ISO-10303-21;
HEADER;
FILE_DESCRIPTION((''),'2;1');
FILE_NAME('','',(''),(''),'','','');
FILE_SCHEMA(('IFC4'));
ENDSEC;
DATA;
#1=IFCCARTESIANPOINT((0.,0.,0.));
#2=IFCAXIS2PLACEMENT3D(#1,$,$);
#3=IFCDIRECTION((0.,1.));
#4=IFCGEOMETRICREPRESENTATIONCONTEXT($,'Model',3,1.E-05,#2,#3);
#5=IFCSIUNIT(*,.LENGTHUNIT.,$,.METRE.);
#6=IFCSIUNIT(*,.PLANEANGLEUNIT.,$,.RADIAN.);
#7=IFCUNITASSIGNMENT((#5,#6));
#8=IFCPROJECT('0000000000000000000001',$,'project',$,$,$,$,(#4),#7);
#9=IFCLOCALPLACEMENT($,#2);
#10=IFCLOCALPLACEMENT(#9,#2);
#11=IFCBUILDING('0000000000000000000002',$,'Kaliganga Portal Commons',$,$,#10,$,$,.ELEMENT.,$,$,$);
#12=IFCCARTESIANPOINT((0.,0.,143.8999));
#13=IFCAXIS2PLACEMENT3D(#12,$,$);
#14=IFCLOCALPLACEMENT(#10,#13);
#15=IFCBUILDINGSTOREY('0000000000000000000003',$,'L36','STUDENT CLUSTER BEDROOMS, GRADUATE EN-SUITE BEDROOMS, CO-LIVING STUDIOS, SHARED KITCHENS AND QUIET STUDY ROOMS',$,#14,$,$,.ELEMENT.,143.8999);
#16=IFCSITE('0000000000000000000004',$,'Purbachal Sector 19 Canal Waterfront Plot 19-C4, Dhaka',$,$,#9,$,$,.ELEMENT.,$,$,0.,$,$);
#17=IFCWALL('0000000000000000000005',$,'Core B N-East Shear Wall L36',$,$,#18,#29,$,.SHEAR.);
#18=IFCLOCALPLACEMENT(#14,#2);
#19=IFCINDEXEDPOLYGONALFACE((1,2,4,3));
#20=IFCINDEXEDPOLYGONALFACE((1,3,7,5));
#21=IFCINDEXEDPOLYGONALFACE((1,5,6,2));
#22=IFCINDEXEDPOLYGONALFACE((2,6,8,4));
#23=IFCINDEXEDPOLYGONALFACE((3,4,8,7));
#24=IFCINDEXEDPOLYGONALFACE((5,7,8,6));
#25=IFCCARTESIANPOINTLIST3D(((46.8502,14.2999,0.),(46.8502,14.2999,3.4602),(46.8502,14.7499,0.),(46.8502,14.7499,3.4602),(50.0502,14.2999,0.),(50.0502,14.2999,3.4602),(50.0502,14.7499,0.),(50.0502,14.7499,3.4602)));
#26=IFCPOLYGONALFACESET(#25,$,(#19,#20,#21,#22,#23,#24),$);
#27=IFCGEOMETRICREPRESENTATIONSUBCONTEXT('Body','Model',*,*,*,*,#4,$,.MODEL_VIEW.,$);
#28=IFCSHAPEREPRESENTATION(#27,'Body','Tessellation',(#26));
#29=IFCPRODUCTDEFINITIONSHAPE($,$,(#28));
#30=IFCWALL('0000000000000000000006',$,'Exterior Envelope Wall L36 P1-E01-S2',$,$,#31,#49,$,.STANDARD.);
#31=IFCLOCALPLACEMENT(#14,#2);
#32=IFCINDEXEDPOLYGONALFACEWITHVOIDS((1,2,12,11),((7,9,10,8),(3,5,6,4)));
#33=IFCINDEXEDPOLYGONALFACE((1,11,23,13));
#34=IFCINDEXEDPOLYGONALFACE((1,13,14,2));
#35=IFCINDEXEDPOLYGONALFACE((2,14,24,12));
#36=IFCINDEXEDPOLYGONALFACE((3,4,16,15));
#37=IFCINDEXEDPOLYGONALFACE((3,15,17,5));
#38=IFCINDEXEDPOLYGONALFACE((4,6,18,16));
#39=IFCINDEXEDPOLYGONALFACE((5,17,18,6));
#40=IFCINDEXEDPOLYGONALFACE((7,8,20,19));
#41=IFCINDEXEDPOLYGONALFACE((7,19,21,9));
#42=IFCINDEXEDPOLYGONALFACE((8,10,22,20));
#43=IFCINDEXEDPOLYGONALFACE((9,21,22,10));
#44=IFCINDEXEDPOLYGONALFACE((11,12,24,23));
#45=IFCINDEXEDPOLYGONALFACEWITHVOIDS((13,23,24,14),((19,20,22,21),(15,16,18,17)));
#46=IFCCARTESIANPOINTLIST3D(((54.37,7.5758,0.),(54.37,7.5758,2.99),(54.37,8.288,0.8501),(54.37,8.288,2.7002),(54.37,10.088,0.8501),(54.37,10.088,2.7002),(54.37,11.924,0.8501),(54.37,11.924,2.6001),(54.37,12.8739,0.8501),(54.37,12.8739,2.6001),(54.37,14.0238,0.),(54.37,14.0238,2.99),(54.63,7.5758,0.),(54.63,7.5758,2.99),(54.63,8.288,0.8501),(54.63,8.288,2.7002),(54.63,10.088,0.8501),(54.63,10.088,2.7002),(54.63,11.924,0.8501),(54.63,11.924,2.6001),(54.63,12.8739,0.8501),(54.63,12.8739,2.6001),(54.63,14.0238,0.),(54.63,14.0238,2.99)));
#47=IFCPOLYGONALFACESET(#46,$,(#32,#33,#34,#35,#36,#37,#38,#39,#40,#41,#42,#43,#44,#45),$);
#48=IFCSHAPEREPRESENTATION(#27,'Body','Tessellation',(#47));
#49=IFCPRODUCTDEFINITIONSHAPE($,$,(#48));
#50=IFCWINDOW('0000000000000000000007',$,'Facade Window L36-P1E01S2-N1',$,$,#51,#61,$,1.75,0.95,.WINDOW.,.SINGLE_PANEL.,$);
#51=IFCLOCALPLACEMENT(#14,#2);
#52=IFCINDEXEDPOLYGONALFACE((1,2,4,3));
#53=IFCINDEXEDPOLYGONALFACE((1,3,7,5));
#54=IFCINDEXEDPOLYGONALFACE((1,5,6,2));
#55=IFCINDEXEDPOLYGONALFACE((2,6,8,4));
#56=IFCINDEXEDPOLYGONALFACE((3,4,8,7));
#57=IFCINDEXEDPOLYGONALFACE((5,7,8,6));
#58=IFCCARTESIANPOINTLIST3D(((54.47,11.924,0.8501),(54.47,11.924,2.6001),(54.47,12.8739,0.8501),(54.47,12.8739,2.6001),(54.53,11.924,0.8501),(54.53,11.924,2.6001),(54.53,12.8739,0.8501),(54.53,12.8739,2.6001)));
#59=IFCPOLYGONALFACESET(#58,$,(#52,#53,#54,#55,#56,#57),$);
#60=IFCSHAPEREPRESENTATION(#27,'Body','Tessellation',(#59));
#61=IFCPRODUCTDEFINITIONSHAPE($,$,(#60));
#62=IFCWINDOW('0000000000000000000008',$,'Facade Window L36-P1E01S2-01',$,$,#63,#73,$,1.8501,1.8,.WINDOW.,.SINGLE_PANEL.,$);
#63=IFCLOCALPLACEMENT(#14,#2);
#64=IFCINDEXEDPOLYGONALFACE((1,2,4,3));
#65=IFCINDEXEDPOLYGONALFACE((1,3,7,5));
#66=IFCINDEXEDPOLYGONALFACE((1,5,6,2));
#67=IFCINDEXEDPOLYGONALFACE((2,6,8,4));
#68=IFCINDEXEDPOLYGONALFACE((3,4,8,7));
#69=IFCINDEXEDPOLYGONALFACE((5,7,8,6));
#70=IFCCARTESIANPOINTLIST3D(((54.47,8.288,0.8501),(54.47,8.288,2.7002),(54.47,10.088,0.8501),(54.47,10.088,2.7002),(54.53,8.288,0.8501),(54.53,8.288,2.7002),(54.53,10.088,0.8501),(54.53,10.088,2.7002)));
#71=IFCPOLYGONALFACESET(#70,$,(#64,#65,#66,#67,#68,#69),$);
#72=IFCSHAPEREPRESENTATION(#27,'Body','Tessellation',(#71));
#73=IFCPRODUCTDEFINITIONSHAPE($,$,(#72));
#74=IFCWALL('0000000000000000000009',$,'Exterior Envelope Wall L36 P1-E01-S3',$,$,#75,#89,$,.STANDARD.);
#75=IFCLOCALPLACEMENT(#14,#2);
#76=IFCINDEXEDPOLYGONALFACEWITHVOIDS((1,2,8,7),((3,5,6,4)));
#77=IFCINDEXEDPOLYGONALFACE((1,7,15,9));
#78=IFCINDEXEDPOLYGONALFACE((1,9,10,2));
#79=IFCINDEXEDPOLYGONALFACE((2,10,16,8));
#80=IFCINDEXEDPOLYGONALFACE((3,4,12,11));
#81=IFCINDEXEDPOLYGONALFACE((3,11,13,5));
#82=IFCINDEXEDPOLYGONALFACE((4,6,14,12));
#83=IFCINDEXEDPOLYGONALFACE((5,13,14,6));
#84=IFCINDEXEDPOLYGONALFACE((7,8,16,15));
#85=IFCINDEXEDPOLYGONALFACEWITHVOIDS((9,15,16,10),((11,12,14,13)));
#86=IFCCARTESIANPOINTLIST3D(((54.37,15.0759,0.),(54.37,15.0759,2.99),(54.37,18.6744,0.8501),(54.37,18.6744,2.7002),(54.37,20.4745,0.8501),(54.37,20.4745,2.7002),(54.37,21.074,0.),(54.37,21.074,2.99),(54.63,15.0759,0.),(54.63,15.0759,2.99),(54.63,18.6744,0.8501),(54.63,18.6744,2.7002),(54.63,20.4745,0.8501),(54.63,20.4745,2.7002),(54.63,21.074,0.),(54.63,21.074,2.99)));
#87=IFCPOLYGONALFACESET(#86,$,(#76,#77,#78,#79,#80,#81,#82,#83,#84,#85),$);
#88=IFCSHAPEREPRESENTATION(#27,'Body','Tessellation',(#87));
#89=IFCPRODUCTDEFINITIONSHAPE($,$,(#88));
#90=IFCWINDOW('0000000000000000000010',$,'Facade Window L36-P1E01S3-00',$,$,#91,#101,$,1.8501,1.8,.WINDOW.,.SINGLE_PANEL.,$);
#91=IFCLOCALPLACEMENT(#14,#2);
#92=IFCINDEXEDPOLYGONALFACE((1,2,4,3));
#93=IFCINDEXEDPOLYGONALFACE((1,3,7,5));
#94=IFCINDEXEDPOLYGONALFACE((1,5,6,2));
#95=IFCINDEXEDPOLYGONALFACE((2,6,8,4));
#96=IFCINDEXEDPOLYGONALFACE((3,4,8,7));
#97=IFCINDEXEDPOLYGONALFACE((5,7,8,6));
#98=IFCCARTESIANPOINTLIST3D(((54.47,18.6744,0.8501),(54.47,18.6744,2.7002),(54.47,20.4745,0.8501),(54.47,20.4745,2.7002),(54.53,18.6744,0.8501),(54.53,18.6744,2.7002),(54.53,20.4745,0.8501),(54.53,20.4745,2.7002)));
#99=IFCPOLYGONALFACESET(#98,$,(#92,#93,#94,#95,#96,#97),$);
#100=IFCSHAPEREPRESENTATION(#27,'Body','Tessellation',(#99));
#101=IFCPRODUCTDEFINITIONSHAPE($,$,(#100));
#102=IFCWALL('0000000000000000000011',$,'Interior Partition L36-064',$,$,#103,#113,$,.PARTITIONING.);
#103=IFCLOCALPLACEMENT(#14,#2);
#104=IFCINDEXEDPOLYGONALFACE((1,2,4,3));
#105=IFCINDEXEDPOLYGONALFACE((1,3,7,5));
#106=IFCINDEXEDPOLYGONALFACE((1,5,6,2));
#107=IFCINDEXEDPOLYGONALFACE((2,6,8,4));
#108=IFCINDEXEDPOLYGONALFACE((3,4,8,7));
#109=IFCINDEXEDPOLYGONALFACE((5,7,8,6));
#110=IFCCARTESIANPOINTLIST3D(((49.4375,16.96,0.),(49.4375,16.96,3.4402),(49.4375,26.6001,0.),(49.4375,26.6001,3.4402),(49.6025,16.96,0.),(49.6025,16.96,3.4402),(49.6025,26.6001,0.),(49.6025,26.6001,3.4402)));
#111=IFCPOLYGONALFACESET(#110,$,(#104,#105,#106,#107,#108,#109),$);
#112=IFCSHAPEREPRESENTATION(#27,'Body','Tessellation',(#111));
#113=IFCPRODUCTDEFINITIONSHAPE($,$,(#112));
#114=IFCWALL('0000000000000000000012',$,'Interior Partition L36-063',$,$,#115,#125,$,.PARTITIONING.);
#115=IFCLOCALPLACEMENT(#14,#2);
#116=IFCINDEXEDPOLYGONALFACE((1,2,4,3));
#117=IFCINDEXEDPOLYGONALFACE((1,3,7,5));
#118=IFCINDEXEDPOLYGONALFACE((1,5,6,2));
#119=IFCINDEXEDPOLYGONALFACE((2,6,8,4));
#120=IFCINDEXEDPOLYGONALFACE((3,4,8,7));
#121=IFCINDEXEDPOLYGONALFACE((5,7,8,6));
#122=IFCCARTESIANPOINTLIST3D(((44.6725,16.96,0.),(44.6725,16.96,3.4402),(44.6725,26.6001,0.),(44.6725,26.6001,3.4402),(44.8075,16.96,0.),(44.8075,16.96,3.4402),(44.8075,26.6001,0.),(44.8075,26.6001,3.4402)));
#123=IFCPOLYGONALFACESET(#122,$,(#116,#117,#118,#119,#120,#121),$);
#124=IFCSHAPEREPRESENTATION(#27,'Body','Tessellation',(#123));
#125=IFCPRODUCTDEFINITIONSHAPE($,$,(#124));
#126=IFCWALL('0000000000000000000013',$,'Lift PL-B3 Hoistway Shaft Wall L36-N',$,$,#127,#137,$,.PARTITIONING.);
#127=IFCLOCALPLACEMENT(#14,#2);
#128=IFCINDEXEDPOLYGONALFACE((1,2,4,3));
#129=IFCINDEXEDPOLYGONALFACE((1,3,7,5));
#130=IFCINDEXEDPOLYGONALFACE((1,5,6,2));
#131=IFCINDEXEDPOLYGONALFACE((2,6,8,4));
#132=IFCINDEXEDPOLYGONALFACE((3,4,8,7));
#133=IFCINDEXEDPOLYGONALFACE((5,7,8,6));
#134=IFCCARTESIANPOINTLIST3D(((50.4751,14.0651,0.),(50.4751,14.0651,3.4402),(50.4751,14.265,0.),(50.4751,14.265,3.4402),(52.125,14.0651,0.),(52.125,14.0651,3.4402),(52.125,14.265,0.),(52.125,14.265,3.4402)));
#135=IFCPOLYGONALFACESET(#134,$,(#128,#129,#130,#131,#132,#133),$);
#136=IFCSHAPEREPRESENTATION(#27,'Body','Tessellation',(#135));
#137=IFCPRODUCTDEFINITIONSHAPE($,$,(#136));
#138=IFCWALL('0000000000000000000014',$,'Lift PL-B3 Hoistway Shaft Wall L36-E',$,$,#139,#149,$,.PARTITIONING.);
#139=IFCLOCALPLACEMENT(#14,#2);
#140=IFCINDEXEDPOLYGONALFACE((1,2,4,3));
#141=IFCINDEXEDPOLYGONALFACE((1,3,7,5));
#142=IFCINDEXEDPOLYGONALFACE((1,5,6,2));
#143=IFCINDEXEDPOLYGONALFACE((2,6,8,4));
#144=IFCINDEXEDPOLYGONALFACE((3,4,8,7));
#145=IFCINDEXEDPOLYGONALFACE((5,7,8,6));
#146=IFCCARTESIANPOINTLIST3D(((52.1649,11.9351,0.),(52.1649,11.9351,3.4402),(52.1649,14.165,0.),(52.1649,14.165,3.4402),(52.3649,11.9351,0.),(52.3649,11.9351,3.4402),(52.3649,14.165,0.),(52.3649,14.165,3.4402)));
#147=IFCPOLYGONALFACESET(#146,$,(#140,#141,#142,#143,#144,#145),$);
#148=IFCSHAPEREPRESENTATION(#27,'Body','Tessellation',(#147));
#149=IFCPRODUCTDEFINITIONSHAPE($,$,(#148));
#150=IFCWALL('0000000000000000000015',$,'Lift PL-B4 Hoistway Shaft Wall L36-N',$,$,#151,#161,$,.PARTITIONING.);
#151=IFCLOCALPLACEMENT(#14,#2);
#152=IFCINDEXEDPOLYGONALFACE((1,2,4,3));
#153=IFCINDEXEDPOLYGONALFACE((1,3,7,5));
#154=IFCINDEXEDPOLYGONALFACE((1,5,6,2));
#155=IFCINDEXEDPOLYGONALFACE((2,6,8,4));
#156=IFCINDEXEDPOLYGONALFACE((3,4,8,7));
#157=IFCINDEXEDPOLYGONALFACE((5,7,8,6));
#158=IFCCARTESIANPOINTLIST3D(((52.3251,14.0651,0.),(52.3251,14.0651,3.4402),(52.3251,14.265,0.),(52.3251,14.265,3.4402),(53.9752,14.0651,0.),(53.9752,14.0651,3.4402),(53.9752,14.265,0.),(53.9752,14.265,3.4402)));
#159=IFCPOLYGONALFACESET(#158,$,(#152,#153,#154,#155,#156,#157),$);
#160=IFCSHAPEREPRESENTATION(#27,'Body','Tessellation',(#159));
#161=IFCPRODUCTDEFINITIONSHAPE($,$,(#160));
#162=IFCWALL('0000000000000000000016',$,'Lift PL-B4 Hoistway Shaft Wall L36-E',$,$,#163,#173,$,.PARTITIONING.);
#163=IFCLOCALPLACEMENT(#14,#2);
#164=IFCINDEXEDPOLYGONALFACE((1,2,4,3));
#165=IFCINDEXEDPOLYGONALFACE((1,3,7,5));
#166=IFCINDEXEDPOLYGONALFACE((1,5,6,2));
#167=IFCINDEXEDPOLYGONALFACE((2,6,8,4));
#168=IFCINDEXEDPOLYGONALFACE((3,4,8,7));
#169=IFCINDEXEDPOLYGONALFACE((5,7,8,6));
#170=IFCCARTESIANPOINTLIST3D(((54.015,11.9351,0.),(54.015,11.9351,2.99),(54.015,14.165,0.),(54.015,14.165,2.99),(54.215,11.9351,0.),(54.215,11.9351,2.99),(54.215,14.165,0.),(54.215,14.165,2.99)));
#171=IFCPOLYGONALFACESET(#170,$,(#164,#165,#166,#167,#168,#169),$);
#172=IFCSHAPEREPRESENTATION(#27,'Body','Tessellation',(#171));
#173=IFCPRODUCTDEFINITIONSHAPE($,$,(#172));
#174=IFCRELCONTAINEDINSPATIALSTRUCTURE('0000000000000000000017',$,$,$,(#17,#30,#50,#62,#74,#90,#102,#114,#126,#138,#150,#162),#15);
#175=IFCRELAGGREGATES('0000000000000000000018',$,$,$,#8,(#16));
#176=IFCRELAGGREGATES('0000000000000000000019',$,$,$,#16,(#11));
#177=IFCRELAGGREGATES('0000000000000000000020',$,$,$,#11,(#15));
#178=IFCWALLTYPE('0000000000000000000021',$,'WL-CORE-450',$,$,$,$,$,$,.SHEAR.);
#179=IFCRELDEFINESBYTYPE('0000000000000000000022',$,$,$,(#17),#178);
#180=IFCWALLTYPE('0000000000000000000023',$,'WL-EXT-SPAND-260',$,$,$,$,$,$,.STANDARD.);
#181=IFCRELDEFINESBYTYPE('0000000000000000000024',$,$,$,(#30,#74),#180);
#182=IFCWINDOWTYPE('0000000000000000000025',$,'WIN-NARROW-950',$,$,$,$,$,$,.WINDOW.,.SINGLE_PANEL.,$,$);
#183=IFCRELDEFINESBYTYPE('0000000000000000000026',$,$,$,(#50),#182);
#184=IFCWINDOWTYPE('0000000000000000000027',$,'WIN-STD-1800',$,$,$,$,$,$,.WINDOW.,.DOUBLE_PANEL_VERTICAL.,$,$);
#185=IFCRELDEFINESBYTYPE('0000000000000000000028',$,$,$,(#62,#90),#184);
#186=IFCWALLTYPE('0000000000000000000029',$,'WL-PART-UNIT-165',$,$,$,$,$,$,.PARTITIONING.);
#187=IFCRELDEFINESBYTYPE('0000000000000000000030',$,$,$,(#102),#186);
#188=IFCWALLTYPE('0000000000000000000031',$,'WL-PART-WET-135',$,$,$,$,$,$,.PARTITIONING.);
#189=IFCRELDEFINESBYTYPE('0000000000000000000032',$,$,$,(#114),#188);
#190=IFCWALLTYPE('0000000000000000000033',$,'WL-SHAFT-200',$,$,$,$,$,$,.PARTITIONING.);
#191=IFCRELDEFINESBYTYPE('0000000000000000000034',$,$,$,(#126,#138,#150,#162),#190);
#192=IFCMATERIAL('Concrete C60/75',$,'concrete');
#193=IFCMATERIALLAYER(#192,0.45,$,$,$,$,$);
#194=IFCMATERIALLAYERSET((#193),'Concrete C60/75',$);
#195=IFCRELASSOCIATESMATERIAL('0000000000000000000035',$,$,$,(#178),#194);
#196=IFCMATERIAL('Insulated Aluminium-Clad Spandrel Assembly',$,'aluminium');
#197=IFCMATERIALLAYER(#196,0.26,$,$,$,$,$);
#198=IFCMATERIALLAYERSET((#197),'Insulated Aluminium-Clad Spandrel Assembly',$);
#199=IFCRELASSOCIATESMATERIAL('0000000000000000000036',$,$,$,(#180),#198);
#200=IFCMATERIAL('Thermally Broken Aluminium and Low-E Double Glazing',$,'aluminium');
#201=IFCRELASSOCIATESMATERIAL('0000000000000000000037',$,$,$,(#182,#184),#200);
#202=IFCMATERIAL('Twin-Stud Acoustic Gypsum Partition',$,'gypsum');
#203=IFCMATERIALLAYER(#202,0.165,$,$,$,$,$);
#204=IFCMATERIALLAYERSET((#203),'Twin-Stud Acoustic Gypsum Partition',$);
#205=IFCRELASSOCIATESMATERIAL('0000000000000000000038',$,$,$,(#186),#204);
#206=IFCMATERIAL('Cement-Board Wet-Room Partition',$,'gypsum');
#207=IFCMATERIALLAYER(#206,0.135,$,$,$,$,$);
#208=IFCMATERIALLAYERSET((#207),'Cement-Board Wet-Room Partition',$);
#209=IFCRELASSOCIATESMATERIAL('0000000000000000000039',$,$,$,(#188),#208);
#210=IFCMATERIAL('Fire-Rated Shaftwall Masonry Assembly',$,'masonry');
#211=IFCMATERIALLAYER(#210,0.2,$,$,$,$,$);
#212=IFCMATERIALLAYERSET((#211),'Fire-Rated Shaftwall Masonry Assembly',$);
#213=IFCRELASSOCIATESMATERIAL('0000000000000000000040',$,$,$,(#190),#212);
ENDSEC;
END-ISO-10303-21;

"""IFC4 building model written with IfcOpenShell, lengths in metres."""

from ifc_helpers import new_model, si_unit, direction, frame, frame_2d, origin, place, context, subcontext, project, spatial, rectangle, extrude, material, layer, layer_set, type_object, element, fill, save


model = new_model("IFC4")

# Units and contexts
model_context = context("Model", 3, precision=1e-05, world=origin(), true_north=direction((0.0, 1.0)))
body_context = subcontext(model_context, "Body", "Model", "MODEL_VIEW")
ifc_project = project(units=[si_unit("LENGTHUNIT", "METRE"), si_unit("PLANEANGLEUNIT", "RADIAN")], contexts=[model_context])

# Site, building, storey
site_placement = place(None, origin())
site = spatial("IfcSite", under=ifc_project, at=site_placement, Name="Purbachal Sector 19 Canal Waterfront Plot 19-C4, Dhaka", CompositionType="ELEMENT", RefElevation=0.0)
building_placement = place(site_placement, origin())
building = spatial("IfcBuilding", under=site, at=building_placement, Name="Kaliganga Portal Commons", CompositionType="ELEMENT")
storey_placement = place(building_placement, frame((0.0, 0.0, 143.8999)))
storey = spatial("IfcBuildingStorey", under=building, at=storey_placement, Name="L36", Description="STUDENT CLUSTER BEDROOMS, GRADUATE EN-SUITE BEDROOMS, CO-LIVING STUDIOS, SHARED KITCHENS AND QUIET STUDY ROOMS", CompositionType="ELEMENT", Elevation=143.8999)

# Shared definitions
ifc_material_1 = material(Name="Concrete C60/75", Category="concrete")

# Wall
ifc_layer_1 = layer(ifc_material_1, 0.45)
ifc_layer_set_1 = layer_set([ifc_layer_1], Name="Concrete C60/75")
wall_type_1 = type_object("IfcWallType", Name="WL-CORE-450", PredefinedType="SHEAR", material=ifc_layer_set_1)
wall_1_placement = place(storey_placement, frame((46.8501, 14.5249, 0.0), z_axis=(0.0, 0.0, 1.0), x_axis=(1.0, 0.0, 0.0)))
element("IfcWall", 1, at=wall_1_placement, inside=storey, type_object=wall_type_1, Name="Core B N-East Shear Wall L36", PredefinedType="SHEAR", context=body_context, shape_type="SweptSolid", body=[
    extrude(rectangle(XDim=3.2, YDim=0.45, at=frame_2d((1.6001, 0.0))), origin(), (0.0, 0.0, 1.0), 3.4602),
])

# Wall, openings, windows
ifc_material_2 = material(Name="Insulated Aluminium-Clad Spandrel Assembly", Category="aluminium")
ifc_layer_2 = layer(ifc_material_2, 0.26)
ifc_layer_set_2 = layer_set([ifc_layer_2], Name="Insulated Aluminium-Clad Spandrel Assembly")
wall_type_2 = type_object("IfcWallType", Name="WL-EXT-SPAND-260", PredefinedType="STANDARD", material=ifc_layer_set_2)
wall_2_placement = place(storey_placement, frame((54.5, 14.0239, 0.0), z_axis=(0.0, 0.0, 1.0), x_axis=(0.0, -1.0, 0.0)))
wall_2 = element("IfcWall", 2, at=wall_2_placement, inside=storey, type_object=wall_type_2, Name="Exterior Envelope Wall L36 P1-E01-S2", PredefinedType="STANDARD", context=body_context, shape_type="SweptSolid", body=[
    extrude(rectangle(XDim=6.448, YDim=0.26, at=frame_2d((3.2241, 0.0))), origin(), (0.0, 0.0, 1.0), 2.99),
])
opening_1_placement = place(wall_2_placement, frame((3.936, 0.0, 0.8501)))
opening_1 = element("IfcOpeningElement", 3, at=opening_1_placement, cuts=wall_2, PredefinedType="OPENING", context=body_context, shape_type="SweptSolid", body=[
    extrude(rectangle(XDim=1.8, YDim=1.8501, at=frame_2d((0.8999, 0.925))), frame((0.0, 0.1401, 0.0), z_axis=(0.0, -1.0, 0.0), x_axis=(1.0, 0.0, 0.0)), (0.0, 0.0, 1.0), 0.28),
])
opening_2_placement = place(wall_2_placement, frame((1.1499, 0.0, 0.8501)))
opening_2 = element("IfcOpeningElement", 4, at=opening_2_placement, cuts=wall_2, PredefinedType="OPENING", context=body_context, shape_type="SweptSolid", body=[
    extrude(rectangle(XDim=0.95, YDim=1.75, at=frame_2d((0.4751, 0.875))), frame((0.0, 0.1401, 0.0), z_axis=(0.0, -1.0, 0.0), x_axis=(1.0, 0.0, 0.0)), (0.0, 0.0, 1.0), 0.28),
])
ifc_material_3 = material(Name="Thermally Broken Aluminium and Low-E Double Glazing", Category="aluminium")
window_type_1 = type_object("IfcWindowType", Name="WIN-NARROW-950", PartitioningType="SINGLE_PANEL", PredefinedType="WINDOW", material=ifc_material_3)
window_1_placement = place(opening_2_placement, origin())
window_1 = element("IfcWindow", 5, at=window_1_placement, inside=storey, type_object=window_type_1, Name="Facade Window L36-P1E01S2-N1", OverallHeight=1.75, OverallWidth=0.95, PartitioningType="SINGLE_PANEL", PredefinedType="WINDOW", context=body_context, shape_type="SweptSolid", body=[
    extrude(rectangle(XDim=0.95, YDim=1.75, at=frame_2d((0.4751, 0.875))), frame((0.0, 0.03, 0.0), z_axis=(0.0, -1.0, 0.0), x_axis=(1.0, 0.0, 0.0)), (0.0, 0.0, 1.0), 0.0601),
])
fill(opening_2, window_1)
window_type_2 = type_object("IfcWindowType", Name="WIN-STD-1800", PartitioningType="DOUBLE_PANEL_VERTICAL", PredefinedType="WINDOW", material=ifc_material_3)
window_2_placement = place(opening_1_placement, origin())
window_2 = element("IfcWindow", 6, at=window_2_placement, inside=storey, type_object=window_type_2, Name="Facade Window L36-P1E01S2-01", OverallHeight=1.8501, OverallWidth=1.8, PartitioningType="SINGLE_PANEL", PredefinedType="WINDOW", context=body_context, shape_type="SweptSolid", body=[
    extrude(rectangle(XDim=1.8, YDim=1.8501, at=frame_2d((0.8999, 0.925))), frame((0.0, 0.03, 0.0), z_axis=(0.0, -1.0, 0.0), x_axis=(1.0, 0.0, 0.0)), (0.0, 0.0, 1.0), 0.0601),
])
fill(opening_1, window_2)

# Wall, opening, window
wall_3_placement = place(storey_placement, frame((54.5, 21.074, 0.0), z_axis=(0.0, 0.0, 1.0), x_axis=(0.0, -1.0, 0.0)))
wall_3 = element("IfcWall", 7, at=wall_3_placement, inside=storey, type_object=wall_type_2, Name="Exterior Envelope Wall L36 P1-E01-S3", PredefinedType="STANDARD", context=body_context, shape_type="SweptSolid", body=[
    extrude(rectangle(XDim=5.998, YDim=0.26, at=frame_2d((2.999, 0.0))), origin(), (0.0, 0.0, 1.0), 2.99),
])
opening_3_placement = place(wall_3_placement, frame((0.5996, 0.0, 0.8501)))
opening_3 = element("IfcOpeningElement", 8, at=opening_3_placement, cuts=wall_3, PredefinedType="OPENING", context=body_context, shape_type="SweptSolid", body=[
    extrude(rectangle(XDim=1.8, YDim=1.8501, at=frame_2d((0.8999, 0.925))), frame((0.0, 0.1401, 0.0), z_axis=(0.0, -1.0, 0.0), x_axis=(1.0, 0.0, 0.0)), (0.0, 0.0, 1.0), 0.28),
])
window_3_placement = place(opening_3_placement, origin())
window_3 = element("IfcWindow", 9, at=window_3_placement, inside=storey, type_object=window_type_2, Name="Facade Window L36-P1E01S3-00", OverallHeight=1.8501, OverallWidth=1.8, PartitioningType="SINGLE_PANEL", PredefinedType="WINDOW", context=body_context, shape_type="SweptSolid", body=[
    extrude(rectangle(XDim=1.8, YDim=1.8501, at=frame_2d((0.8999, 0.925))), frame((0.0, 0.03, 0.0), z_axis=(0.0, -1.0, 0.0), x_axis=(1.0, 0.0, 0.0)), (0.0, 0.0, 1.0), 0.0601),
])
fill(opening_3, window_3)

# Walls
ifc_material_4 = material(Name="Twin-Stud Acoustic Gypsum Partition", Category="gypsum")
ifc_layer_3 = layer(ifc_material_4, 0.165)
ifc_layer_set_3 = layer_set([ifc_layer_3], Name="Twin-Stud Acoustic Gypsum Partition")
wall_type_3 = type_object("IfcWallType", Name="WL-PART-UNIT-165", PredefinedType="PARTITIONING", material=ifc_layer_set_3)
wall_4_placement = place(storey_placement, frame((49.52, 16.96, 0.0), z_axis=(0.0, 0.0, 1.0), x_axis=(0.0, 1.0, 0.0)))
element("IfcWall", 10, at=wall_4_placement, inside=storey, type_object=wall_type_3, Name="Interior Partition L36-064", PredefinedType="PARTITIONING", context=body_context, shape_type="SweptSolid", body=[
    extrude(rectangle(XDim=9.6401, YDim=0.165, at=frame_2d((4.8201, 0.0))), origin(), (0.0, 0.0, 1.0), 3.4402),
])
ifc_material_5 = material(Name="Cement-Board Wet-Room Partition", Category="gypsum")
ifc_layer_4 = layer(ifc_material_5, 0.135)
ifc_layer_set_4 = layer_set([ifc_layer_4], Name="Cement-Board Wet-Room Partition")
wall_type_4 = type_object("IfcWallType", Name="WL-PART-WET-135", PredefinedType="PARTITIONING", material=ifc_layer_set_4)
wall_5_placement = place(storey_placement, frame((44.74, 16.96, 0.0), z_axis=(0.0, 0.0, 1.0), x_axis=(0.0, 1.0, 0.0)))
element("IfcWall", 11, at=wall_5_placement, inside=storey, type_object=wall_type_4, Name="Interior Partition L36-063", PredefinedType="PARTITIONING", context=body_context, shape_type="SweptSolid", body=[
    extrude(rectangle(XDim=9.6401, YDim=0.135, at=frame_2d((4.8201, 0.0))), origin(), (0.0, 0.0, 1.0), 3.4402),
])

# Shared definitions
ifc_material_6 = material(Name="Fire-Rated Shaftwall Masonry Assembly", Category="masonry")
ifc_layer_5 = layer(ifc_material_6, 0.2)
ifc_layer_set_5 = layer_set([ifc_layer_5], Name="Fire-Rated Shaftwall Masonry Assembly")
wall_type_5 = type_object("IfcWallType", Name="WL-SHAFT-200", PredefinedType="PARTITIONING", material=ifc_layer_set_5)

# Walls
wall_6_placement = place(storey_placement, frame((50.4751, 14.165, 0.0), z_axis=(0.0, 0.0, 1.0), x_axis=(1.0, 0.0, 0.0)))
element("IfcWall", 12, at=wall_6_placement, inside=storey, type_object=wall_type_5, Name="Lift PL-B3 Hoistway Shaft Wall L36-N", PredefinedType="PARTITIONING", context=body_context, shape_type="SweptSolid", body=[
    extrude(rectangle(XDim=1.6499, YDim=0.2, at=frame_2d((0.825, 0.0))), origin(), (0.0, 0.0, 1.0), 3.4402),
])
wall_7_placement = place(storey_placement, frame((52.2649, 11.9351, 0.0), z_axis=(0.0, 0.0, 1.0), x_axis=(0.0, 1.0, 0.0)))
element("IfcWall", 13, at=wall_7_placement, inside=storey, type_object=wall_type_5, Name="Lift PL-B3 Hoistway Shaft Wall L36-E", PredefinedType="PARTITIONING", context=body_context, shape_type="SweptSolid", body=[
    extrude(rectangle(XDim=2.23, YDim=0.2, at=frame_2d((1.115, 0.0))), origin(), (0.0, 0.0, 1.0), 3.4402),
])

# Walls
wall_8_placement = place(storey_placement, frame((52.325, 14.165, 0.0), z_axis=(0.0, 0.0, 1.0), x_axis=(1.0, 0.0, 0.0)))
element("IfcWall", 14, at=wall_8_placement, inside=storey, type_object=wall_type_5, Name="Lift PL-B4 Hoistway Shaft Wall L36-N", PredefinedType="PARTITIONING", context=body_context, shape_type="SweptSolid", body=[
    extrude(rectangle(XDim=1.6501, YDim=0.2, at=frame_2d((0.8252, 0.0))), origin(), (0.0, 0.0, 1.0), 3.4402),
])
wall_9_placement = place(storey_placement, frame((54.115, 11.9351, 0.0), z_axis=(0.0, 0.0, 1.0), x_axis=(0.0, 1.0, 0.0)))
element("IfcWall", 15, at=wall_9_placement, inside=storey, type_object=wall_type_5, Name="Lift PL-B4 Hoistway Shaft Wall L36-E", PredefinedType="PARTITIONING", context=body_context, shape_type="SweptSolid", body=[
    extrude(rectangle(XDim=2.23, YDim=0.2, at=frame_2d((1.115, 0.0))), origin(), (0.0, 0.0, 1.0), 2.99),
])

save(model, "model.ifc")
